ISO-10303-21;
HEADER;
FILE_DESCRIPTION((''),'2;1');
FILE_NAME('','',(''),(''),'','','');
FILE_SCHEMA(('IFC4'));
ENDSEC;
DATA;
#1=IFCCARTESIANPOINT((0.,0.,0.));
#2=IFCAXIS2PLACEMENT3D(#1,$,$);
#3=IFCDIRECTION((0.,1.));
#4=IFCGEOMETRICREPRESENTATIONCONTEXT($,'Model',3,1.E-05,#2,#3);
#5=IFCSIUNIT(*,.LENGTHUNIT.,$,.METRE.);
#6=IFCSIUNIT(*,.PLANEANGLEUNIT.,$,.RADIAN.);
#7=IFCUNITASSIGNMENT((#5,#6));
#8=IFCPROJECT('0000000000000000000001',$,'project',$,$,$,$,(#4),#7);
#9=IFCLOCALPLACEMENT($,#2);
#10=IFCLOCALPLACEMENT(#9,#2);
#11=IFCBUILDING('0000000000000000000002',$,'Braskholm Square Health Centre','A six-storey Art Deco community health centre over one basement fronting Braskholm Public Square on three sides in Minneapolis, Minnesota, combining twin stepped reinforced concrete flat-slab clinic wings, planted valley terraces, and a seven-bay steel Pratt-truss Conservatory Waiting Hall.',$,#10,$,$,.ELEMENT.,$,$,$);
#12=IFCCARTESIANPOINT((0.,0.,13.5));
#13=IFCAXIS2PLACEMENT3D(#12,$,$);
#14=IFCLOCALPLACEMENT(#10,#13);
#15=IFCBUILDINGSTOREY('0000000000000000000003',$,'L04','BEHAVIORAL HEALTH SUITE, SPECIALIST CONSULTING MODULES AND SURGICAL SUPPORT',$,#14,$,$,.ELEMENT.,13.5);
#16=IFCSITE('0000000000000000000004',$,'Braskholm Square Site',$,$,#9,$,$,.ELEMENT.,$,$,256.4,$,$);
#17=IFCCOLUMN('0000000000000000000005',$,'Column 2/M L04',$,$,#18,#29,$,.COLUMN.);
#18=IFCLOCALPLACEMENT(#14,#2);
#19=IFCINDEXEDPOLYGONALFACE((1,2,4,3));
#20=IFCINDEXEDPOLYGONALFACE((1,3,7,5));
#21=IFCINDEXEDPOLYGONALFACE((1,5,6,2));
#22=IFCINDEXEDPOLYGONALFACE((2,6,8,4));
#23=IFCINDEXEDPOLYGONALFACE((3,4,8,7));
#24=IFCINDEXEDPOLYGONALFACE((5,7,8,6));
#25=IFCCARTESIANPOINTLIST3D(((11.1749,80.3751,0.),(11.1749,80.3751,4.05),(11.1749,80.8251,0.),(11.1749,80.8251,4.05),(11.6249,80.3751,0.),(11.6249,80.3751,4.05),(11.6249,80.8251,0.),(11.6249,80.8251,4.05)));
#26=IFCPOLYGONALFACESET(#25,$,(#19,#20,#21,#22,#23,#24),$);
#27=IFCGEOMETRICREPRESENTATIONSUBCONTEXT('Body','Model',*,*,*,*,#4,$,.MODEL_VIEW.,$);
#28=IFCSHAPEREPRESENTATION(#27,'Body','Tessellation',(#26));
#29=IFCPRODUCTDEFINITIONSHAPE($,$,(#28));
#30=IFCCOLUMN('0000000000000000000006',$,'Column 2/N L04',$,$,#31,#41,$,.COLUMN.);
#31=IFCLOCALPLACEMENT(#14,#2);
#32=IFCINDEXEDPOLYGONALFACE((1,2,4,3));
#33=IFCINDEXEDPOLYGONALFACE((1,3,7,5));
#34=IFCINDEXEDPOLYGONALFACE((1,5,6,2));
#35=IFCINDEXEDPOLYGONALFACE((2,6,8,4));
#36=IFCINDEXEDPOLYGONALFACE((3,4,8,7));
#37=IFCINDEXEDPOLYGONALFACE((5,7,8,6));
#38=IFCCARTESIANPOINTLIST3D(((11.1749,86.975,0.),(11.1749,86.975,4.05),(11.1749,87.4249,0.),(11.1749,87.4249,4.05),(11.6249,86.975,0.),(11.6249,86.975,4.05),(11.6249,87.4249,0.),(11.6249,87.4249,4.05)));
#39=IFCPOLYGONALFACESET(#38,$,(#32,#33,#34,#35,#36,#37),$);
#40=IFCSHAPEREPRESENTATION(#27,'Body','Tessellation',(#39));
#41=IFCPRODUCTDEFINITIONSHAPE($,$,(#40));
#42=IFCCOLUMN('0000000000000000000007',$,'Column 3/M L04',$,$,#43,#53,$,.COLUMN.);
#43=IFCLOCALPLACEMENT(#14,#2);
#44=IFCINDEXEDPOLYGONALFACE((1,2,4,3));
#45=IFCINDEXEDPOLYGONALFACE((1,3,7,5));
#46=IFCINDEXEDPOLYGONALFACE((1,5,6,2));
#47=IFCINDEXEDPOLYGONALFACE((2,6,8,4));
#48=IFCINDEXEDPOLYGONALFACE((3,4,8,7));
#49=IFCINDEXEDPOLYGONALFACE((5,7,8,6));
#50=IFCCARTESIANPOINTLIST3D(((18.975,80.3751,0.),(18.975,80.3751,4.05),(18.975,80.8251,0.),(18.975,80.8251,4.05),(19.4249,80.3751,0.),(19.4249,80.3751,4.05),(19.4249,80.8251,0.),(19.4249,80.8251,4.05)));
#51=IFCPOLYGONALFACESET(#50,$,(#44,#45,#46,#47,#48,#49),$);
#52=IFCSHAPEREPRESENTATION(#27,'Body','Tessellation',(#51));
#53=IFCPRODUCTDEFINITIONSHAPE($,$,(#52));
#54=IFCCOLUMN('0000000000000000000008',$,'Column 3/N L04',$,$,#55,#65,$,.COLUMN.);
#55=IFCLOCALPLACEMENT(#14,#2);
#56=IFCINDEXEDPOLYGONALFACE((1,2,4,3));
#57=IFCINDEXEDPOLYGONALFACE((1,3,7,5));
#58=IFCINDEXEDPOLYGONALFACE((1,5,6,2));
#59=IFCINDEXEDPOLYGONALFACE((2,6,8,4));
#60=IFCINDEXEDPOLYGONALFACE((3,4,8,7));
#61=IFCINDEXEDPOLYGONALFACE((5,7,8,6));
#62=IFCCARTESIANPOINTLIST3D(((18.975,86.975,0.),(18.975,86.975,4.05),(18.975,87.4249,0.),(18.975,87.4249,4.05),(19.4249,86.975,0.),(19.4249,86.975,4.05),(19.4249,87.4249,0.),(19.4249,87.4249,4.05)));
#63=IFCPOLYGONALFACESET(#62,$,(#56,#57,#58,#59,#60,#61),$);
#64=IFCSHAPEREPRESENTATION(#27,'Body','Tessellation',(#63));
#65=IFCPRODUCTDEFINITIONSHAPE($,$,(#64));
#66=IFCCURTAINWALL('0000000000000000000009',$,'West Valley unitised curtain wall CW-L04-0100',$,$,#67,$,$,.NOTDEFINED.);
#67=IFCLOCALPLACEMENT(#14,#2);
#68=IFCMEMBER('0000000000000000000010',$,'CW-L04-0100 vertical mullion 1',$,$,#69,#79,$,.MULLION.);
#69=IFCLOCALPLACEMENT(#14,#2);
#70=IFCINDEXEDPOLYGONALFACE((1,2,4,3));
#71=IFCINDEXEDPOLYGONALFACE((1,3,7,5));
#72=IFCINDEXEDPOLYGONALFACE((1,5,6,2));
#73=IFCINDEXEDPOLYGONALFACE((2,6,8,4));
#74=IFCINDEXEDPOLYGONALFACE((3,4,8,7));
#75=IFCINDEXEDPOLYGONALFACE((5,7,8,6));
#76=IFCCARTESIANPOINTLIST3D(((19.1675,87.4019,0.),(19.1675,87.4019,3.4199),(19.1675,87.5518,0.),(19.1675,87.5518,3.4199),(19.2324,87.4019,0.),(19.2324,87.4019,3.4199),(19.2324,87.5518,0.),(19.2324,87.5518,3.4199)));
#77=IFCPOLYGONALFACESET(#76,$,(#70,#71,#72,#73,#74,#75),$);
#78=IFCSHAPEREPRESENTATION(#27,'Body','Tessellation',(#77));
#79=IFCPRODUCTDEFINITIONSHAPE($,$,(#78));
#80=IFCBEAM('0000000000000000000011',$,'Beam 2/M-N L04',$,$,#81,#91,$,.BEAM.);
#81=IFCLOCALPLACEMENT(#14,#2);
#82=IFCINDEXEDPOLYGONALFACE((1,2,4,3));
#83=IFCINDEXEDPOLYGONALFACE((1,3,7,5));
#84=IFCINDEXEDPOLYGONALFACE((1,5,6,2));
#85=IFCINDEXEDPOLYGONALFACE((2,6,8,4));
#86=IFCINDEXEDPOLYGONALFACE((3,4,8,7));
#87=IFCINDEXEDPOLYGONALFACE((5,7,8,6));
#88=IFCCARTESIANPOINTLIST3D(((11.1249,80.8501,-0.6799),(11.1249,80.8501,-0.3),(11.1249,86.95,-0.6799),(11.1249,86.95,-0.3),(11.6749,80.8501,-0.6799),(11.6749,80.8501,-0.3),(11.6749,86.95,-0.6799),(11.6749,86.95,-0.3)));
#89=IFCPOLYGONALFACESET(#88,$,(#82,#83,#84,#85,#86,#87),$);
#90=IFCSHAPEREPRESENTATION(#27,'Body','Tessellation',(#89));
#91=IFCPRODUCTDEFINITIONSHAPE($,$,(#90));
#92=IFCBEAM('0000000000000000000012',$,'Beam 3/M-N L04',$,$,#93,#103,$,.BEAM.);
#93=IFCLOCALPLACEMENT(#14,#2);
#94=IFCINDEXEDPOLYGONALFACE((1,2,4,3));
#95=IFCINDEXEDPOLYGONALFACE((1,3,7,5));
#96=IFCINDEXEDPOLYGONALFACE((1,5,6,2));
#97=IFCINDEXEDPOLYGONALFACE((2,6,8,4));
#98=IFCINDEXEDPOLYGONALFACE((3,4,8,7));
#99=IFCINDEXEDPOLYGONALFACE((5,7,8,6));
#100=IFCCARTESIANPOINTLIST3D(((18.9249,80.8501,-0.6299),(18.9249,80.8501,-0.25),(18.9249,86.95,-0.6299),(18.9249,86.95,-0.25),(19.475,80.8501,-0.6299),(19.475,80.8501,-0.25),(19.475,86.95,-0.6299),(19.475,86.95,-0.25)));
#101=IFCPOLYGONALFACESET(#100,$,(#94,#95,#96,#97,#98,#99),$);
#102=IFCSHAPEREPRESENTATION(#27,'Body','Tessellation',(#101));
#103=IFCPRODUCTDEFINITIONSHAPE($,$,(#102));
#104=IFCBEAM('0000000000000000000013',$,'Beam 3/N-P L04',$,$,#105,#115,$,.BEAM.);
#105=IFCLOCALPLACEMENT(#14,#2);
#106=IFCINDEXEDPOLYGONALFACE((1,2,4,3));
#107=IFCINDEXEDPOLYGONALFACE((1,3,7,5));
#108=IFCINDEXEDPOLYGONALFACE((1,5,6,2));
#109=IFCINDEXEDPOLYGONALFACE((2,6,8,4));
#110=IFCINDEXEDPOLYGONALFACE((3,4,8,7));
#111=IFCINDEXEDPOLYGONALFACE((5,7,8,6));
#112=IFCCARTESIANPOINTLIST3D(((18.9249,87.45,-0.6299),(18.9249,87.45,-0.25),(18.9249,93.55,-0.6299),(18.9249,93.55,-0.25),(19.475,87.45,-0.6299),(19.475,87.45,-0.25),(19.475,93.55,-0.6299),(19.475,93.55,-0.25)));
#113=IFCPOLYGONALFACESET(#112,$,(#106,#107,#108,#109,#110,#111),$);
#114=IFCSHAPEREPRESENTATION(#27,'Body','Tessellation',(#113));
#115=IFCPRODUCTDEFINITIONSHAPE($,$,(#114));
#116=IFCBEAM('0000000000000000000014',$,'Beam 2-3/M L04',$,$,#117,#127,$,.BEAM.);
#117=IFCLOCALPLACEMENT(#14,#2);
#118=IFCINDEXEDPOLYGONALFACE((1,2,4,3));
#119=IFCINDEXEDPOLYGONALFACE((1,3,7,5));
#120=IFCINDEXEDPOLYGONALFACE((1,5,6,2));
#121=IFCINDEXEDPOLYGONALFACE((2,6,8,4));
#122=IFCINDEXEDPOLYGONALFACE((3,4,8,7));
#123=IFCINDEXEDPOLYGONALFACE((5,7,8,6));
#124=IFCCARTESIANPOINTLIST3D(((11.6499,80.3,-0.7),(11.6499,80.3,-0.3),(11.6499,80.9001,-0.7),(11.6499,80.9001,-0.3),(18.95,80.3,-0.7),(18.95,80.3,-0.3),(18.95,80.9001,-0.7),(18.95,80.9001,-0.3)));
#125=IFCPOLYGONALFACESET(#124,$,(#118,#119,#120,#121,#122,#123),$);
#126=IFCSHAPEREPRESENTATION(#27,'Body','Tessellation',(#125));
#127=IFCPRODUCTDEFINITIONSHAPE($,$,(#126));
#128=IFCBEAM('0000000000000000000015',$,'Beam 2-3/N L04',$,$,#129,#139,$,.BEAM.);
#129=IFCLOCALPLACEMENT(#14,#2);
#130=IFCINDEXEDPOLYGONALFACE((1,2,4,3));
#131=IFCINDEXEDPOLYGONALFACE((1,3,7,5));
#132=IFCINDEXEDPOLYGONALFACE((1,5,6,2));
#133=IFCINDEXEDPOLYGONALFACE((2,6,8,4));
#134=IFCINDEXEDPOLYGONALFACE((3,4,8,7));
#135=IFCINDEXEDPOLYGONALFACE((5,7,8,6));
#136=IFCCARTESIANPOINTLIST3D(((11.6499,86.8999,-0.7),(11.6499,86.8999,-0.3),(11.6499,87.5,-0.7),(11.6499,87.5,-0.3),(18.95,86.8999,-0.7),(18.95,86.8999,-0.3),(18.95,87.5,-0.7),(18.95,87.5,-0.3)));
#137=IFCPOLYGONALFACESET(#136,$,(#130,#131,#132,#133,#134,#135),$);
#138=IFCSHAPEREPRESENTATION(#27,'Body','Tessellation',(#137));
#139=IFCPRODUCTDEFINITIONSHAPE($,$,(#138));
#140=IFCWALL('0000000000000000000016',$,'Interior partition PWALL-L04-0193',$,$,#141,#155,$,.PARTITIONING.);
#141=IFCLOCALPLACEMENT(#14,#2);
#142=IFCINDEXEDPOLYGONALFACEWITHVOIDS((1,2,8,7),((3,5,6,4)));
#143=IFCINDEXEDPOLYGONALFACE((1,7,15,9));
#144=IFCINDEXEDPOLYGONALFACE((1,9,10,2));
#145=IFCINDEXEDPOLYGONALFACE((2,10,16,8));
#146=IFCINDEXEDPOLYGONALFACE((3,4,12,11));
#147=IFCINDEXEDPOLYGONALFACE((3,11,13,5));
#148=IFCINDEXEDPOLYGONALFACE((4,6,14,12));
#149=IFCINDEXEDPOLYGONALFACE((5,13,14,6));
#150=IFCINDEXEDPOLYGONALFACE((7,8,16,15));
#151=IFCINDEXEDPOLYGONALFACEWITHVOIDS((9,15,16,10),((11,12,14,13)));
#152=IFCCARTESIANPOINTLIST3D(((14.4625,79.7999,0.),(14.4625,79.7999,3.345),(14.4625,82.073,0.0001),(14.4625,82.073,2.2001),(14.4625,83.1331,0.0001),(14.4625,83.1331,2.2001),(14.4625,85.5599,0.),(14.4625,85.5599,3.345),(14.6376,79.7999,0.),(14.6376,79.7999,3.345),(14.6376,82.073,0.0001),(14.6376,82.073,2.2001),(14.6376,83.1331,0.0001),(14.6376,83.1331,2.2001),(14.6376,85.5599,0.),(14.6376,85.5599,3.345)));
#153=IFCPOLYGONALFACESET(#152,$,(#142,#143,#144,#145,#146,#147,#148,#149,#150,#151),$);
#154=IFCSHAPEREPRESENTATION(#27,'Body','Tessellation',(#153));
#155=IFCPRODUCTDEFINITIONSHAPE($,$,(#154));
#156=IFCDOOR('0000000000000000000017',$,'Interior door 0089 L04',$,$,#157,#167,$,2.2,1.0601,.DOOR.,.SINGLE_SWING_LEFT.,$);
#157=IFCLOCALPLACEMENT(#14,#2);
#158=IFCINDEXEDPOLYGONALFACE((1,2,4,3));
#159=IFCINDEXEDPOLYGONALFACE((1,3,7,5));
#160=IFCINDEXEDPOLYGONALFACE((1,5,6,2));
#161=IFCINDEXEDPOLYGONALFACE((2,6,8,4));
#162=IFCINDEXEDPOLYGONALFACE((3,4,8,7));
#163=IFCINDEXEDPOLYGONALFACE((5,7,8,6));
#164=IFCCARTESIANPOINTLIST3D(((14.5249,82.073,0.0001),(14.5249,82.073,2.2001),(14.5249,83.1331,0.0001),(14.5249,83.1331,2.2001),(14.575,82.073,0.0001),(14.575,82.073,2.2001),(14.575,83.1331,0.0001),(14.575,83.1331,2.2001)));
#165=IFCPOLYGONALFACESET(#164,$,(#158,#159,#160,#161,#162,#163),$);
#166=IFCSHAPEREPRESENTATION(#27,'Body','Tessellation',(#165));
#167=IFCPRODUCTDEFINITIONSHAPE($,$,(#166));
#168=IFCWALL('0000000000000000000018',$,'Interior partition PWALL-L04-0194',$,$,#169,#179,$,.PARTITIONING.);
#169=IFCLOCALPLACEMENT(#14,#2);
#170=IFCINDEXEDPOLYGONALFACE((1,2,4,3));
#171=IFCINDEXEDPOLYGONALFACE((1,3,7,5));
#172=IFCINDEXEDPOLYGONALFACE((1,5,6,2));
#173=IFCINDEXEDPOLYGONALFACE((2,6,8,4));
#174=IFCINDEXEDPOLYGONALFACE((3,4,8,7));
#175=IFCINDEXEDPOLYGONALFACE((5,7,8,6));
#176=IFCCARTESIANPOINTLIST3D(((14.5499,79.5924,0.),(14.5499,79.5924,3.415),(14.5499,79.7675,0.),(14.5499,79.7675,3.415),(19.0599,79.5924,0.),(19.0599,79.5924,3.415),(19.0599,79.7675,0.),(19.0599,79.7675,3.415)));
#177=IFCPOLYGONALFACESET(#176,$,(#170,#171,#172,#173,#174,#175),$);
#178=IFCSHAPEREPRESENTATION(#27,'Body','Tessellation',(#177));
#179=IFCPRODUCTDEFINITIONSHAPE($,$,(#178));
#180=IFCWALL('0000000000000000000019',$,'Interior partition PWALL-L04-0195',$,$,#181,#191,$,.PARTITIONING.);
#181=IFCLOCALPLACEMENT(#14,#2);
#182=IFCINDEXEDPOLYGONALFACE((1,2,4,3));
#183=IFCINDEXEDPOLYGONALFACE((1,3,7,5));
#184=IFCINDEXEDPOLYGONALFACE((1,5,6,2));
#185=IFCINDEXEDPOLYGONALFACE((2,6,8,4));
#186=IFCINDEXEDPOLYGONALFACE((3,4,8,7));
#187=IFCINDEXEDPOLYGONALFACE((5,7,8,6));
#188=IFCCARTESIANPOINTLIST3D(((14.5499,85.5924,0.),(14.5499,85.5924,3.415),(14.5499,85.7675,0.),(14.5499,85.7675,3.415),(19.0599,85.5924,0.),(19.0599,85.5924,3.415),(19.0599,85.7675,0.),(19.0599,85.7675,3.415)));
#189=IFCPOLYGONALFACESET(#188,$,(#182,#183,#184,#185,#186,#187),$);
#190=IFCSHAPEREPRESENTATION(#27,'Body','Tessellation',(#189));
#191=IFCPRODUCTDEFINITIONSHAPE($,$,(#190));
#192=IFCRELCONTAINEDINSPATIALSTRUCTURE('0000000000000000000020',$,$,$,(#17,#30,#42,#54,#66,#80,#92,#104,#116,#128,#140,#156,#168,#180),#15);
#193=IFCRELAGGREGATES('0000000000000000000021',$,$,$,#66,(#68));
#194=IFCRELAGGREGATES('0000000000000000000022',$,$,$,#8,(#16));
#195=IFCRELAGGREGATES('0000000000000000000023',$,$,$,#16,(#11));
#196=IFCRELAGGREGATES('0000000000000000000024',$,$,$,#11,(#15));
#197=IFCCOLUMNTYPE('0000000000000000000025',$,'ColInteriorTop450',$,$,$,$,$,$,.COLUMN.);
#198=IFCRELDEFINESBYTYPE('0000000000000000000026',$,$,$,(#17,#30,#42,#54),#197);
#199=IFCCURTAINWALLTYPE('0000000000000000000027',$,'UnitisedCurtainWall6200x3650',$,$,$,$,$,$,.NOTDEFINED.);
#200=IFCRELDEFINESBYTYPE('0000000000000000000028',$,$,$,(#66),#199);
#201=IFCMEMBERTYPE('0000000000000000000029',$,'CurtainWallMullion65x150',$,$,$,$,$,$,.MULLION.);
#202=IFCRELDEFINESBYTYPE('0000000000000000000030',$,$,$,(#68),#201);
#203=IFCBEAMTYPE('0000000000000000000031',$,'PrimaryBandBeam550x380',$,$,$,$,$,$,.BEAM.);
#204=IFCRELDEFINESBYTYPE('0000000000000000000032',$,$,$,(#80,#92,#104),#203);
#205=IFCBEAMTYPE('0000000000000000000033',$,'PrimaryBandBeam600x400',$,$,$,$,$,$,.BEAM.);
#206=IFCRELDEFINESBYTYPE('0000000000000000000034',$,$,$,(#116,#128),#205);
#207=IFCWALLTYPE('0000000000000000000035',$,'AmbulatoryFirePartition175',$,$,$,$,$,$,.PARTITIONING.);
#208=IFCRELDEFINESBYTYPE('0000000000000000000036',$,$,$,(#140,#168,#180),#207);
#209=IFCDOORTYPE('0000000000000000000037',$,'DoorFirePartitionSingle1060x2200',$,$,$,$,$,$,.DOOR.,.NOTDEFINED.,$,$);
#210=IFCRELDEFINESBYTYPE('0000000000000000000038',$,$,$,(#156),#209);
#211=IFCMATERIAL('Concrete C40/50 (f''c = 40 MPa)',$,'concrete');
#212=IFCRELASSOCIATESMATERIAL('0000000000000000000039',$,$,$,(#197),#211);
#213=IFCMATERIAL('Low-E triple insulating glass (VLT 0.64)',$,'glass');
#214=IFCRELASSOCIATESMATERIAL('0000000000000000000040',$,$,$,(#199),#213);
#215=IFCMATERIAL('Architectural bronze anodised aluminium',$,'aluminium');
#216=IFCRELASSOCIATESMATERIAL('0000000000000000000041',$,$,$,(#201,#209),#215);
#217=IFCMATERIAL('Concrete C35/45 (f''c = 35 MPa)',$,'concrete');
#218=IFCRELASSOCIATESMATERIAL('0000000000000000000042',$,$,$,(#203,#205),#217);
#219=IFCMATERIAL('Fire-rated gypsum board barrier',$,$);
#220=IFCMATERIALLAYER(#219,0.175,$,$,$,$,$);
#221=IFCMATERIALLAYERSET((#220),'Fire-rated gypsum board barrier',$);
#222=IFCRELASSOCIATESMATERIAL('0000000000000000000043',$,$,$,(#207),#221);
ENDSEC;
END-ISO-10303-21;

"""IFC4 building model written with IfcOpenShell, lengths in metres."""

from ifc_helpers import new_model, si_unit, direction, frame, frame_2d, origin, origin_2d, place, context, subcontext, project, spatial, rectangle, extrude, material, layer, layer_set, material_profile, profile_set, type_object, element, fill, aggregate, save


model = new_model("IFC4")

# Units and contexts
model_context = context("Model", 3, precision=1e-05, world=origin(), true_north=direction((0.0, 1.0)))
body_context = subcontext(model_context, "Body", "Model", "MODEL_VIEW")
ifc_project = project(units=[si_unit("LENGTHUNIT", "METRE"), si_unit("PLANEANGLEUNIT", "RADIAN")], contexts=[model_context])

# Site, building, storey
site_placement = place(None, origin())
site = spatial("IfcSite", under=ifc_project, at=site_placement, Name="Braskholm Square Site", CompositionType="ELEMENT", RefElevation=256.4)
building_placement = place(site_placement, origin())
building = spatial("IfcBuilding", under=site, at=building_placement, Name="Braskholm Square Health Centre", Description="A six-storey Art Deco community health centre over one basement fronting Braskholm Public Square on three sides in Minneapolis, Minnesota, combining twin stepped reinforced concrete flat-slab clinic wings, planted valley terraces, and a seven-bay steel Pratt-truss Conservatory Waiting Hall.", CompositionType="ELEMENT")
storey_placement = place(building_placement, frame((0.0, 0.0, 13.5)))
storey = spatial("IfcBuildingStorey", under=building, at=storey_placement, Name="L04", Description="BEHAVIORAL HEALTH SUITE, SPECIALIST CONSULTING MODULES AND SURGICAL SUPPORT", CompositionType="ELEMENT", Elevation=13.5)

# Columns
ifc_material_1 = material(Name="Concrete C40/50 (f'c = 40 MPa)", Category="concrete")
ifc_material_profile_1 = material_profile(ifc_material_1, rectangle(XDim=0.45, YDim=0.45, at=origin_2d()), Name="RC-450X450")
ifc_profile_set_1 = profile_set([ifc_material_profile_1], Name="Concrete C40/50 (f'c = 40 MPa)")
column_type = type_object("IfcColumnType", Name="ColInteriorTop450", PredefinedType="COLUMN", material=ifc_profile_set_1)
for number, where, z_axis, x_axis, name in (
    (1, (11.3999, 80.6001, 0.0), (0.0, 0.0, 1.0), (1.0, 0.0, 0.0), "Column 2/M L04"),
    (2, (11.3999, 87.2, 0.0), (0.0, 0.0, 1.0), (1.0, 0.0, 0.0), "Column 2/N L04"),
    (3, (19.2, 80.6001, 0.0), (0.0, 0.0, 1.0), (1.0, 0.0, 0.0), "Column 3/M L04"),
    (4, (19.2, 87.2, 0.0), (0.0, 0.0, 1.0), (1.0, 0.0, 0.0), "Column 3/N L04"),
):
    element("IfcColumn", number, at=place(storey_placement, frame(where, z_axis=z_axis, x_axis=x_axis)), inside=storey, type_object=column_type, Name=name, PredefinedType="COLUMN", context=body_context, shape_type="SweptSolid", body=[
        extrude(rectangle(XDim=0.45, YDim=0.45, at=origin_2d()), origin(), (0.0, 0.0, 1.0), 4.05),
    ])

# Curtain wall, member
ifc_material_2 = material(Name="Low-E triple insulating glass (VLT 0.64)", Category="glass")
curtain_wall_type = type_object("IfcCurtainWallType", Name="UnitisedCurtainWall6200x3650", PredefinedType="NOTDEFINED", material=ifc_material_2)
curtain_wall_placement = place(storey_placement, origin())
curtain_wall = element("IfcCurtainWall", 5, at=curtain_wall_placement, inside=storey, type_object=curtain_wall_type, Name="West Valley unitised curtain wall CW-L04-0100", PredefinedType="NOTDEFINED")
ifc_material_3 = material(Name="Architectural bronze anodised aluminium", Category="aluminium")
ifc_material_profile_2 = material_profile(ifc_material_3, rectangle(XDim=0.0649, YDim=0.1499, at=origin_2d()), Name="ALU-65X150")
ifc_profile_set_2 = profile_set([ifc_material_profile_2], Name="Architectural bronze anodised aluminium")
member_type = type_object("IfcMemberType", Name="CurtainWallMullion65x150", PredefinedType="MULLION", material=ifc_profile_set_2)
member_placement = place(storey_placement, frame((19.2, 87.4768, 0.0), z_axis=(0.0, 0.0, 1.0), x_axis=(1.0, 0.0, 0.0)))
member = element("IfcMember", 6, at=member_placement, type_object=member_type, Name="CW-L04-0100 vertical mullion 1", PredefinedType="MULLION", context=body_context, shape_type="SweptSolid", body=[
    extrude(rectangle(XDim=0.0649, YDim=0.1499, at=origin_2d()), origin(), (0.0, 0.0, 1.0), 3.4199),
])
aggregate(curtain_wall, [member])

# Beams
ifc_material_4 = material(Name="Concrete C35/45 (f'c = 35 MPa)", Category="concrete")
ifc_material_profile_3 = material_profile(ifc_material_4, rectangle(XDim=0.55, YDim=0.3799, at=origin_2d()), Name="RCB-550X380")
ifc_profile_set_3 = profile_set([ifc_material_profile_3], Name="Concrete C35/45 (f'c = 35 MPa)")
beam_type_1 = type_object("IfcBeamType", Name="PrimaryBandBeam550x380", PredefinedType="BEAM", material=ifc_profile_set_3)
for number, where, z_axis, x_axis, name in (
    (7, (11.3999, 80.8501, -0.49), (0.0, 1.0, 0.0), (-1.0, 0.0, 0.0), "Beam 2/M-N L04"),
    (8, (19.2, 80.8501, -0.4399), (0.0, 1.0, 0.0), (-1.0, 0.0, 0.0), "Beam 3/M-N L04"),
):
    element("IfcBeam", number, at=place(storey_placement, frame(where, z_axis=z_axis, x_axis=x_axis)), inside=storey, type_object=beam_type_1, Name=name, PredefinedType="BEAM", context=body_context, shape_type="SweptSolid", body=[
        extrude(rectangle(XDim=0.55, YDim=0.3799, at=origin_2d()), origin(), (0.0, 0.0, 1.0), 6.0999),
    ])
beam_placement = place(storey_placement, frame((19.2, 87.45, -0.4399), z_axis=(0.0, 1.0, 0.0), x_axis=(-1.0, 0.0, 0.0)))
element("IfcBeam", 9, at=beam_placement, inside=storey, type_object=beam_type_1, Name="Beam 3/N-P L04", PredefinedType="BEAM", context=body_context, shape_type="SweptSolid", body=[
    extrude(rectangle(XDim=0.55, YDim=0.3799, at=origin_2d()), origin(), (0.0, 0.0, 1.0), 6.1001),
])
ifc_material_profile_4 = material_profile(ifc_material_4, rectangle(XDim=0.6001, YDim=0.3999, at=origin_2d()), Name="RCB-600X400")
ifc_profile_set_4 = profile_set([ifc_material_profile_4], Name="Concrete C35/45 (f'c = 35 MPa)")
beam_type_2 = type_object("IfcBeamType", Name="PrimaryBandBeam600x400", PredefinedType="BEAM", material=ifc_profile_set_4)
for number, where, z_axis, x_axis, name in (
    (10, (11.6499, 80.6001, -0.5), (1.0, 0.0, 0.0), (0.0, 1.0, 0.0), "Beam 2-3/M L04"),
    (11, (11.6499, 87.2, -0.5), (1.0, 0.0, 0.0), (0.0, 1.0, 0.0), "Beam 2-3/N L04"),
):
    element("IfcBeam", number, at=place(storey_placement, frame(where, z_axis=z_axis, x_axis=x_axis)), inside=storey, type_object=beam_type_2, Name=name, PredefinedType="BEAM", context=body_context, shape_type="SweptSolid", body=[
        extrude(rectangle(XDim=0.6001, YDim=0.3999, at=origin_2d()), origin(), (0.0, 0.0, 1.0), 7.3),
    ])

# Wall, opening, door
ifc_material_5 = material(Name="Fire-rated gypsum board barrier")
ifc_layer_1 = layer(ifc_material_5, 0.175)
ifc_layer_set_1 = layer_set([ifc_layer_1], Name="Fire-rated gypsum board barrier")
wall_type_1 = type_object("IfcWallType", Name="AmbulatoryFirePartition175", PredefinedType="PARTITIONING", material=ifc_layer_set_1)
wall_1_placement = place(storey_placement, frame((14.55, 79.8, 0.0), z_axis=(0.0, 0.0, 1.0), x_axis=(0.0, 1.0, 0.0)))
wall_1 = element("IfcWall", 12, at=wall_1_placement, inside=storey, type_object=wall_type_1, Name="Interior partition PWALL-L04-0193", PredefinedType="PARTITIONING", context=body_context, shape_type="SweptSolid", body=[
    extrude(rectangle(XDim=5.76, YDim=0.175, at=frame_2d((2.8799, 0.0))), origin(), (0.0, 0.0, 1.0), 3.345),
])
opening_1_placement = place(wall_1_placement, frame((2.2729, 0.0, 0.0)))
opening_1 = element("IfcOpeningElement", 13, at=opening_1_placement, cuts=wall_1, PredefinedType="OPENING", context=body_context, shape_type="SweptSolid", body=[
    extrude(rectangle(XDim=1.0601, YDim=2.2, at=frame_2d((0.53, 1.1001))), frame((0.0, 0.0977, 0.0), z_axis=(0.0, -1.0, 0.0), x_axis=(1.0, 0.0, 0.0)), (0.0, 0.0, 1.0), 0.1951),
])
door_type_1 = type_object("IfcDoorType", Name="DoorFirePartitionSingle1060x2200", OperationType="NOTDEFINED", PredefinedType="DOOR", material=ifc_material_3)
door_1_placement = place(opening_1_placement, frame((1.0601, 0.0, 0.0), z_axis=(0.0, 0.0, 1.0), x_axis=(-1.0, 0.0, 0.0)))
door_1 = element("IfcDoor", 14, at=door_1_placement, inside=storey, type_object=door_type_1, Name="Interior door 0089 L04", OperationType="SINGLE_SWING_LEFT", OverallHeight=2.2, OverallWidth=1.0601, PredefinedType="DOOR", context=body_context, shape_type="SweptSolid", body=[
    extrude(rectangle(XDim=1.0601, YDim=2.2, at=frame_2d((0.53, 1.1001))), frame((0.0, 0.0249, 0.0), z_axis=(0.0, -1.0, 0.0), x_axis=(1.0, 0.0, 0.0)), (0.0, 0.0, 1.0), 0.05),
])
fill(opening_1, door_1)

# Walls
for number, where, z_axis, x_axis, name in (
    (15, (14.55, 79.6799, 0.0), (0.0, 0.0, 1.0), (1.0, 0.0, 0.0), "Interior partition PWALL-L04-0194"),
    (16, (14.55, 85.6799, 0.0), (0.0, 0.0, 1.0), (1.0, 0.0, 0.0), "Interior partition PWALL-L04-0195"),
):
    element("IfcWall", number, at=place(storey_placement, frame(where, z_axis=z_axis, x_axis=x_axis)), inside=storey, type_object=wall_type_1, Name=name, PredefinedType="PARTITIONING", context=body_context, shape_type="SweptSolid", body=[
        extrude(rectangle(XDim=4.51, YDim=0.175, at=frame_2d((2.2549, 0.0))), origin(), (0.0, 0.0, 1.0), 3.415),
    ])

save(model, "model.ifc")
